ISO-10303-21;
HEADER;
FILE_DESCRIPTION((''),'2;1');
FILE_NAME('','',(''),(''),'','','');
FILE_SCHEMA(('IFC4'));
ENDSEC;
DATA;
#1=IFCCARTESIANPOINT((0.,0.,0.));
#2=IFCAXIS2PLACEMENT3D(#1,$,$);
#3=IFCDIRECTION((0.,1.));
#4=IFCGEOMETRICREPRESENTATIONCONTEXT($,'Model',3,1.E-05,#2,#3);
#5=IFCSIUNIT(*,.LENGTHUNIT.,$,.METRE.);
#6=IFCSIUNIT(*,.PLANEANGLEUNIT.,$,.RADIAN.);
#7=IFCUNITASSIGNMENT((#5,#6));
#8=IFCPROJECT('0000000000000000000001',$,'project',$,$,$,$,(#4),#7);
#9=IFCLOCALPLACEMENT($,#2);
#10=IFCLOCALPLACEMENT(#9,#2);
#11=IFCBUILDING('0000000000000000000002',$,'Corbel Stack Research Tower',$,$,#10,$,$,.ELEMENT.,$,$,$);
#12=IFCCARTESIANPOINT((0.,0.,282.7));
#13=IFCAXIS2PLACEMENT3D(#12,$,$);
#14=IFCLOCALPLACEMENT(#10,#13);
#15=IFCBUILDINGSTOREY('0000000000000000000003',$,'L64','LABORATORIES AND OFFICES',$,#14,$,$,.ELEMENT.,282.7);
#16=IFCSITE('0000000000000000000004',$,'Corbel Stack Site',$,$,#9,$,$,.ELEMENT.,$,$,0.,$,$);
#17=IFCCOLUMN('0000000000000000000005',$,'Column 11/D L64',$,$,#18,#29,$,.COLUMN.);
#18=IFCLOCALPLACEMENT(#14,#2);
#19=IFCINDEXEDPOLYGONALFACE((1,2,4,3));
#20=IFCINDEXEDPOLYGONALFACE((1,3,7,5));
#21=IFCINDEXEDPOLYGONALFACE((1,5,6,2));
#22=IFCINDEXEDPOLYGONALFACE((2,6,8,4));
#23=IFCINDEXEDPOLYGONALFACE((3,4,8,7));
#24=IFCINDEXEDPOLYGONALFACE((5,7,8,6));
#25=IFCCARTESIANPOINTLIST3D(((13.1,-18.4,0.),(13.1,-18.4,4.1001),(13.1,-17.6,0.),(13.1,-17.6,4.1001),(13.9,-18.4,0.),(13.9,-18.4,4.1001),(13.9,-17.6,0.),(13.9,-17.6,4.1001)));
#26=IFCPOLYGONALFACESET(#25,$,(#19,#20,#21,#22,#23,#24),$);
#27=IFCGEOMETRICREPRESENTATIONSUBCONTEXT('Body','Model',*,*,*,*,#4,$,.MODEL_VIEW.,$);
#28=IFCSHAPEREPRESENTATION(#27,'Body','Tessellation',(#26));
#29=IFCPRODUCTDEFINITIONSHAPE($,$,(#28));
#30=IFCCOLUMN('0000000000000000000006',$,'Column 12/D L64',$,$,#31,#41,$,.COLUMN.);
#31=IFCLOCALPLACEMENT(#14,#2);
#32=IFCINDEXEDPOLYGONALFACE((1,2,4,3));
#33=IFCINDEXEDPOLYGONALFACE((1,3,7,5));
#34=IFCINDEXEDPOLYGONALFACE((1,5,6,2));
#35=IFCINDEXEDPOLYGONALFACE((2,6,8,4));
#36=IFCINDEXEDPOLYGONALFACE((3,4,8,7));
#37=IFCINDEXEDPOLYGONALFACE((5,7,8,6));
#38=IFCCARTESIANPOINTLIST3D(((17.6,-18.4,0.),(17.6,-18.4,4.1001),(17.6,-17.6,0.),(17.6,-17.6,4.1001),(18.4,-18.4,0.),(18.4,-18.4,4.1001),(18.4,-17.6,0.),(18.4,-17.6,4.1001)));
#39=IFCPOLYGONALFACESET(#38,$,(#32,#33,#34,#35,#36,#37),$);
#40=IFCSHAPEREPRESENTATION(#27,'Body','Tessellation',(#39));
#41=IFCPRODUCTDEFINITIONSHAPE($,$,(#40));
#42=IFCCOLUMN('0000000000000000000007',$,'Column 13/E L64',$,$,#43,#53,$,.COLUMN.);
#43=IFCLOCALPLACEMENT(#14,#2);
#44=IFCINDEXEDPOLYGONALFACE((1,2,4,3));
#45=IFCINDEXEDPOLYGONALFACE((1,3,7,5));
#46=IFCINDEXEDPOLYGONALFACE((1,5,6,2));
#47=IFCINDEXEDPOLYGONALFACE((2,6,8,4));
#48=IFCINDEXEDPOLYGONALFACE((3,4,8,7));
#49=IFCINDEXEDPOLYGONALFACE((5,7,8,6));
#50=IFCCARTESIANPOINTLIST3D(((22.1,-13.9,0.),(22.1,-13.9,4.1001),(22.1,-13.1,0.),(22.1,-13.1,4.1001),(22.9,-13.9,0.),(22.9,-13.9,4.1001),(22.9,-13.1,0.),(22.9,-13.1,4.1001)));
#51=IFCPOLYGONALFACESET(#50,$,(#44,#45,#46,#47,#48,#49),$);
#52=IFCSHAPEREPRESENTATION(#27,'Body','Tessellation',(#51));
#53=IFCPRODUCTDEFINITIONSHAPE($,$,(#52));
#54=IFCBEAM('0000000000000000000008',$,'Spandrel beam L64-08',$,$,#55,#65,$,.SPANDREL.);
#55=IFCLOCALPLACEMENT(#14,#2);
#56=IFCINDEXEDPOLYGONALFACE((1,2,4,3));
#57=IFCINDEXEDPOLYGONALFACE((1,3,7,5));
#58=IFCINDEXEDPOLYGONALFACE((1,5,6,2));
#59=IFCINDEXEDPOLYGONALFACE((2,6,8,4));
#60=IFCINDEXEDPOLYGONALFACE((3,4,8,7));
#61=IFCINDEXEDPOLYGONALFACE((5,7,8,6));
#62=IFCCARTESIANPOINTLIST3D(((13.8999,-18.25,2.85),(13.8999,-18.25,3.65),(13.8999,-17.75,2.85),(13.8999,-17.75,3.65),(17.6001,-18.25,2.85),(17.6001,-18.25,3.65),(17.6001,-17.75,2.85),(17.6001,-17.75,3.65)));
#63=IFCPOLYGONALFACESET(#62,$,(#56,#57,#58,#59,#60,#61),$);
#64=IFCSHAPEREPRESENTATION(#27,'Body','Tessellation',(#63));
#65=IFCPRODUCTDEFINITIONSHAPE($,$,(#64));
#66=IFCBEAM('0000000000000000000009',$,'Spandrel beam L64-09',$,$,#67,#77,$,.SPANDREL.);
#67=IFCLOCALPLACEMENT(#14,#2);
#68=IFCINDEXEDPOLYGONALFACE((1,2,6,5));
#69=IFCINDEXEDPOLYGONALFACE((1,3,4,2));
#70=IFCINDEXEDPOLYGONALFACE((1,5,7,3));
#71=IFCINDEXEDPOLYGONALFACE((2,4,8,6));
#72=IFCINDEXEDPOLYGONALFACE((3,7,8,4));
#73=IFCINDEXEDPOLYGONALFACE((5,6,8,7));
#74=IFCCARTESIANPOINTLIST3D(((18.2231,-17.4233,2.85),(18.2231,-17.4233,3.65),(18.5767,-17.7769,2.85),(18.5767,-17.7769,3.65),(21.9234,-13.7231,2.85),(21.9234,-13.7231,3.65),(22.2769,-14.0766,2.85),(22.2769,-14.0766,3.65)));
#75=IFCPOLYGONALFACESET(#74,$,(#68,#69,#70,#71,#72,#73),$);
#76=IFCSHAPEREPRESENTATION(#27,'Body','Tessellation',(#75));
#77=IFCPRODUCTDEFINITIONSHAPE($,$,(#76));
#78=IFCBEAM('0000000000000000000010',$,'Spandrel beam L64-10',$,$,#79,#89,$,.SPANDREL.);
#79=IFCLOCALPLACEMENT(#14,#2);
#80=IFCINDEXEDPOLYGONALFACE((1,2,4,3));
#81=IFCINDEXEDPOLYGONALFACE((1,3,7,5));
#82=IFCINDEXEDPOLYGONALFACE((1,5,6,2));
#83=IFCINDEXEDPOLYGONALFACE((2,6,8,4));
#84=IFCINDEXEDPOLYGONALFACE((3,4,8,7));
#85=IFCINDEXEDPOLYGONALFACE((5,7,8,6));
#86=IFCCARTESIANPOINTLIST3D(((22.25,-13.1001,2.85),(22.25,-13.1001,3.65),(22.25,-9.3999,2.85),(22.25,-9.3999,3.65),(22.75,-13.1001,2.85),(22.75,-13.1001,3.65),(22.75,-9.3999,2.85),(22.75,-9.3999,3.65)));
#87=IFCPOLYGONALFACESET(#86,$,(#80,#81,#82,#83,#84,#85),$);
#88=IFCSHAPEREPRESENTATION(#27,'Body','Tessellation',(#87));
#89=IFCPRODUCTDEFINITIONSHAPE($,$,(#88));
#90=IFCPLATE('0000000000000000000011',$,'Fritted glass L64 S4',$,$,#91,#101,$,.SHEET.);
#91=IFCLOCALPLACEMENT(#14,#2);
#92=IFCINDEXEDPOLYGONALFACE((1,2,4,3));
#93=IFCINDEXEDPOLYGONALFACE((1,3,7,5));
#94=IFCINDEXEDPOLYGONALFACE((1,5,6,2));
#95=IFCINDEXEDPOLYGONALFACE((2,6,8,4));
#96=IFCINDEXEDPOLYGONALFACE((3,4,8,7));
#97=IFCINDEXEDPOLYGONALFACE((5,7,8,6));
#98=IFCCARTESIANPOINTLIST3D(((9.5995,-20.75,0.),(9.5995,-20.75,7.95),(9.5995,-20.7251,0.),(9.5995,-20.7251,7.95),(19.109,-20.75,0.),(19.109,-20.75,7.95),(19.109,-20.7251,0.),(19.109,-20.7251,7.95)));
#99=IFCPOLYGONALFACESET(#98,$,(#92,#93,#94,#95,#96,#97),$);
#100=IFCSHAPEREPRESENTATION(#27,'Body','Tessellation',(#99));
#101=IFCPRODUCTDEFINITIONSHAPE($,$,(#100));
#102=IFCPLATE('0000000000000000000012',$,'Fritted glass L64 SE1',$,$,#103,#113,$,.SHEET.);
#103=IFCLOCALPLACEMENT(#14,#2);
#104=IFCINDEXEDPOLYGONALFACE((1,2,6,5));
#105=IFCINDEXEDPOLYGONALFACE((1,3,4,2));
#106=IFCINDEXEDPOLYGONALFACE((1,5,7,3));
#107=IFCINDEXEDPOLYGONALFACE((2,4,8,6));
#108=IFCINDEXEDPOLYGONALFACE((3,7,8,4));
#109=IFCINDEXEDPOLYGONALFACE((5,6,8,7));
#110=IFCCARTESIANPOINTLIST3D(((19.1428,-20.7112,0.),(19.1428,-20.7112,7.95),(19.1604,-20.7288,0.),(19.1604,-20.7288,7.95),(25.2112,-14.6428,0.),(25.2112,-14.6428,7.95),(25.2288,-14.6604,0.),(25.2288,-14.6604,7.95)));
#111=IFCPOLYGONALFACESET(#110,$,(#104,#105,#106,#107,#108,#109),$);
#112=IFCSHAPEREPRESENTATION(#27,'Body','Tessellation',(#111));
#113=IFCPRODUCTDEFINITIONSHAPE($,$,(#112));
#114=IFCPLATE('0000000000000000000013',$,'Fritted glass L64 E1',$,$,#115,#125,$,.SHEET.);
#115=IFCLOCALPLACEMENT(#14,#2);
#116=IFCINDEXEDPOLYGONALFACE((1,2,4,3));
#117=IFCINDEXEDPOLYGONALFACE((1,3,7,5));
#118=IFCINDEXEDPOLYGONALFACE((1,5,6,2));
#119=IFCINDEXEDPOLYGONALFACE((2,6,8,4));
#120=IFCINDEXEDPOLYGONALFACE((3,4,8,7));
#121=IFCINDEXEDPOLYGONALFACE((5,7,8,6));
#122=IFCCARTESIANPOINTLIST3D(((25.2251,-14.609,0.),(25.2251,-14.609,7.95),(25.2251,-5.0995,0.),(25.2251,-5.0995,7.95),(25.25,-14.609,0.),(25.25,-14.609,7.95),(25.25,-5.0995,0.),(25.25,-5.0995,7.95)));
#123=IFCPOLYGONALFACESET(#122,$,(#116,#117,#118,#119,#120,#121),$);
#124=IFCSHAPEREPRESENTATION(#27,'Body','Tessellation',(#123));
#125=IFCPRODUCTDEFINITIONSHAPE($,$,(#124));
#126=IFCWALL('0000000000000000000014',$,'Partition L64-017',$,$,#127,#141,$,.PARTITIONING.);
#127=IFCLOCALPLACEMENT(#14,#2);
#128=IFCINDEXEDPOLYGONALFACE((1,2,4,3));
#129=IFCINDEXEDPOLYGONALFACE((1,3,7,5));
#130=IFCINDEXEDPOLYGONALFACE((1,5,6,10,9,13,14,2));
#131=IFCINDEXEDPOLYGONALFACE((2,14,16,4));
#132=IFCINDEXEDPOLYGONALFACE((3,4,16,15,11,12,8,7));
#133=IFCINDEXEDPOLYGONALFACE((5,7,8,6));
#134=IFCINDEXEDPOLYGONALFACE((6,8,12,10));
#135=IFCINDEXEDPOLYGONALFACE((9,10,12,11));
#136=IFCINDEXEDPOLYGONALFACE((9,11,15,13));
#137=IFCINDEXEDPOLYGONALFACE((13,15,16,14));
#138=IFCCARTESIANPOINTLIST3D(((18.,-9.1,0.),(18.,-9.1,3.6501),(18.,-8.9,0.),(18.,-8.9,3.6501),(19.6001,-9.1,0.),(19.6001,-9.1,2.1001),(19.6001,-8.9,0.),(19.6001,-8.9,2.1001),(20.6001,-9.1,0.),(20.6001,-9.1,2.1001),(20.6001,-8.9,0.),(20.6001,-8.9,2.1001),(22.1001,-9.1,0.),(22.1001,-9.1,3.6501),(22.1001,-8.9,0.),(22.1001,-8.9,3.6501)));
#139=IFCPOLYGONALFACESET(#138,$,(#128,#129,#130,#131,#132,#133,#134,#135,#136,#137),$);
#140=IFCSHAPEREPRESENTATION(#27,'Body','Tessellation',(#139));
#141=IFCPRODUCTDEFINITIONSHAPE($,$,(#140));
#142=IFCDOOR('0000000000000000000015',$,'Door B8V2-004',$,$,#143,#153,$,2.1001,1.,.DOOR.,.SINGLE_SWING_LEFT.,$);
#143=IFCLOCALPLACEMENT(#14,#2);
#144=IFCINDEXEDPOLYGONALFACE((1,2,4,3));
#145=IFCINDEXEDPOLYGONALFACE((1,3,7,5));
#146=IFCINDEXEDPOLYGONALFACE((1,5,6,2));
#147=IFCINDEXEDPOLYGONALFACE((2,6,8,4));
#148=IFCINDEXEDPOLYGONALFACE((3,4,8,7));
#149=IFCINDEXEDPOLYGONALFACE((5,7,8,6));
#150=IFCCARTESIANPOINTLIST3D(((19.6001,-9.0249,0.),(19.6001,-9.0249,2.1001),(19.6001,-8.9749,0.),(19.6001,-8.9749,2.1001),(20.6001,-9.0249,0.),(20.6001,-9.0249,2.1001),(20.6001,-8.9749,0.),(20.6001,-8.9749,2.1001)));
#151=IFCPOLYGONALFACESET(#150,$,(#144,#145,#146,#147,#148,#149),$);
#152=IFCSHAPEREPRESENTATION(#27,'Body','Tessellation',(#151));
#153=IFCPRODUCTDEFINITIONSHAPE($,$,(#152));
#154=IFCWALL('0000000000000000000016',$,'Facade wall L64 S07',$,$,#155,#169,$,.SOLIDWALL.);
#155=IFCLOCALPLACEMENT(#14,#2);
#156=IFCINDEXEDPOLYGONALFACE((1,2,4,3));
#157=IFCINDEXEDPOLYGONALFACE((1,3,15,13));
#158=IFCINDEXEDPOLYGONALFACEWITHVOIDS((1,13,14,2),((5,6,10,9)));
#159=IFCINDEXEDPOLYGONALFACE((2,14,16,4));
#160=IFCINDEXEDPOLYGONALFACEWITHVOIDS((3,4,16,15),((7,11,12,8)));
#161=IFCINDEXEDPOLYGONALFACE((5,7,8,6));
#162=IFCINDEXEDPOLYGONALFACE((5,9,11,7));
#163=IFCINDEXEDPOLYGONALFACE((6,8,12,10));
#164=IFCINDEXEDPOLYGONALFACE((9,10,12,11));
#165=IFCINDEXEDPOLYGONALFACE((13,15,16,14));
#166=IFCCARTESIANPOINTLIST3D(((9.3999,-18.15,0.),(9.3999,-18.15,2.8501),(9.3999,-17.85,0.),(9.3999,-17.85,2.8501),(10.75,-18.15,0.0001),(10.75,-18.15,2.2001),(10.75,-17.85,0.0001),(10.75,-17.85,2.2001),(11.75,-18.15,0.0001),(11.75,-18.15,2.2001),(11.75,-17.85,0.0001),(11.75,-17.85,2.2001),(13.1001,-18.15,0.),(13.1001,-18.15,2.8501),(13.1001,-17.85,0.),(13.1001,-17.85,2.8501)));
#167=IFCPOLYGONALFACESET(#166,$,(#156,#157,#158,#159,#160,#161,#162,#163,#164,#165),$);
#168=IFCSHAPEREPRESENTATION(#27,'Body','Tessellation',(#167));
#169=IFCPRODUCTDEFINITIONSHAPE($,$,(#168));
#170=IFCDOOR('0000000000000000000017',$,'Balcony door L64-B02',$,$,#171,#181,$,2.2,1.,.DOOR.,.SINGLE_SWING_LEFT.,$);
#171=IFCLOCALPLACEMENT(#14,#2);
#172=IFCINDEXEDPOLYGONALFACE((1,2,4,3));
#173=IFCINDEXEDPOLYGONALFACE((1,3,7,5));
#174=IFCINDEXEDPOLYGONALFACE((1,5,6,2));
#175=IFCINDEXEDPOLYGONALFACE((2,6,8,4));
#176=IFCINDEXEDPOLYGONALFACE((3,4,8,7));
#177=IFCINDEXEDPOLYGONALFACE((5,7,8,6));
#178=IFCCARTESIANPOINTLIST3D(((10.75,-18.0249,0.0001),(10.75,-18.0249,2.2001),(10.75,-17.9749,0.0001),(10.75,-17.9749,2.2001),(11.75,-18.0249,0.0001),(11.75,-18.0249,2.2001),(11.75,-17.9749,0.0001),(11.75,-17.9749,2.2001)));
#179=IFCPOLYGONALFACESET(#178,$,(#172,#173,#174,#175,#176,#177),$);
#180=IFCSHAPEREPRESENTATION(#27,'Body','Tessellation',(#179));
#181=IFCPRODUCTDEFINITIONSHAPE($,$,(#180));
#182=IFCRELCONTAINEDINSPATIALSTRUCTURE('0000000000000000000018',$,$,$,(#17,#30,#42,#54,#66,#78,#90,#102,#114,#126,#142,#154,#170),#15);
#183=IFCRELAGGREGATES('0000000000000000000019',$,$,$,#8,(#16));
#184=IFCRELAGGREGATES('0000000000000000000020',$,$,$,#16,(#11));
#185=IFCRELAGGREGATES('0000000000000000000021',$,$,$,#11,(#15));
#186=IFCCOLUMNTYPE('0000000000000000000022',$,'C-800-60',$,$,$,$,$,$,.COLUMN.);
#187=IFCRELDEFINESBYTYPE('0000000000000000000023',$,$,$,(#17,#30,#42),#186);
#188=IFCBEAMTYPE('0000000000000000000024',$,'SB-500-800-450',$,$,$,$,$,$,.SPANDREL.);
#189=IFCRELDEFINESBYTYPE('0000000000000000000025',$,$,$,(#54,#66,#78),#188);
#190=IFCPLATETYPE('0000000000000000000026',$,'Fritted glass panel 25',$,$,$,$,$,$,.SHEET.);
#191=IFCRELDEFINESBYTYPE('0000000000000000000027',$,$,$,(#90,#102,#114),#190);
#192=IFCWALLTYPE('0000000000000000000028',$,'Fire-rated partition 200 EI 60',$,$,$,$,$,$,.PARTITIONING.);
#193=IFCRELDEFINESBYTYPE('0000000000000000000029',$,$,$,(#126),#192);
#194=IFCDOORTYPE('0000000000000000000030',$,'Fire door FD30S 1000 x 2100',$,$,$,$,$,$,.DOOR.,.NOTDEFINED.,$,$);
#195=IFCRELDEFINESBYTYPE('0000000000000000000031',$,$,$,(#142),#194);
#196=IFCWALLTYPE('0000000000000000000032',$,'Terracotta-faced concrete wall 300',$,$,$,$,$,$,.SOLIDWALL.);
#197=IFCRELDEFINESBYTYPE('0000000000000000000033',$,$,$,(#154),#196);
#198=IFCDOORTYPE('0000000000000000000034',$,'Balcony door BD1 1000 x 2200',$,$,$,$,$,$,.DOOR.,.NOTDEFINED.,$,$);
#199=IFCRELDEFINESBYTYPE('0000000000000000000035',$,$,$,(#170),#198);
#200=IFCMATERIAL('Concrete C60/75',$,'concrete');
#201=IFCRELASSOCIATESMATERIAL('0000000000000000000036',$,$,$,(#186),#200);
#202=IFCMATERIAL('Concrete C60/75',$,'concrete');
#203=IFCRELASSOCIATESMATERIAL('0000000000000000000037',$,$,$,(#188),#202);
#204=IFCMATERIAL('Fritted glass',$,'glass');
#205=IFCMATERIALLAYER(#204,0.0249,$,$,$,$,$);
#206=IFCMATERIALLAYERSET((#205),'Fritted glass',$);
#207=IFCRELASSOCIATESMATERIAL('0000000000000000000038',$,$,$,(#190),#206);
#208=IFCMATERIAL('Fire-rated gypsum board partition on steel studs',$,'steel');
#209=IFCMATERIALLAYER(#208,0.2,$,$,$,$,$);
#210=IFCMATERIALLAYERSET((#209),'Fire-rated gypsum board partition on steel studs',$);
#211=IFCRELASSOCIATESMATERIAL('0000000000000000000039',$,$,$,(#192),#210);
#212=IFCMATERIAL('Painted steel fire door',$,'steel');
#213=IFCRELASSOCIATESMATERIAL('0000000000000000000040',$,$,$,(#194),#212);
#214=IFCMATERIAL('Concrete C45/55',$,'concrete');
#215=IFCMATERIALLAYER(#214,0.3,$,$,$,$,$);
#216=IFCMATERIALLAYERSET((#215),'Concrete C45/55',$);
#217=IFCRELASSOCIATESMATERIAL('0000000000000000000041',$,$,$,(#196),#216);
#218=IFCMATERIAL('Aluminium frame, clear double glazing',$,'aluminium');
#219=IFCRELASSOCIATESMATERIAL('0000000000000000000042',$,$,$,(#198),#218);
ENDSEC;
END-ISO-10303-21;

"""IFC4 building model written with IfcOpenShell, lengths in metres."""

from ifc_helpers import new_model, si_unit, direction, frame, frame_2d, origin, origin_2d, place, context, subcontext, project, spatial, rectangle, extrude, material, layer, layer_set, material_profile, profile_set, type_object, element, fill, save


model = new_model("IFC4")

# Units and contexts
model_context = context("Model", 3, precision=1e-05, world=origin(), true_north=direction((0.0, 1.0)))
body_context = subcontext(model_context, "Body", "Model", "MODEL_VIEW")
ifc_project = project(units=[si_unit("LENGTHUNIT", "METRE"), si_unit("PLANEANGLEUNIT", "RADIAN")], contexts=[model_context])

# Site, building, storey
site_placement = place(None, origin())
site = spatial("IfcSite", under=ifc_project, at=site_placement, Name="Corbel Stack Site", CompositionType="ELEMENT", RefElevation=0.0)
building_placement = place(site_placement, origin())
building = spatial("IfcBuilding", under=site, at=building_placement, Name="Corbel Stack Research Tower", CompositionType="ELEMENT")
storey_placement = place(building_placement, frame((0.0, 0.0, 282.7)))
storey = spatial("IfcBuildingStorey", under=building, at=storey_placement, Name="L64", Description="LABORATORIES AND OFFICES", CompositionType="ELEMENT", Elevation=282.7)

# Columns
ifc_material_1 = material(Name="Concrete C60/75", Category="concrete")
ifc_material_profile_1 = material_profile(ifc_material_1, rectangle(XDim=0.8, YDim=0.8, at=origin_2d()), Name="RC 800 x 800")
ifc_profile_set_1 = profile_set([ifc_material_profile_1], Name="Concrete C60/75")
column_type = type_object("IfcColumnType", Name="C-800-60", PredefinedType="COLUMN", material=ifc_profile_set_1)
for number, where, z_axis, x_axis, name in (
    (1, (13.5, -18.0, 0.0), (0.0, 0.0, 1.0), (1.0, 0.0, 0.0), "Column 11/D L64"),
    (2, (18.0, -18.0, 0.0), (0.0, 0.0, 1.0), (1.0, 0.0, 0.0), "Column 12/D L64"),
    (3, (22.5, -13.5, 0.0), (0.0, 0.0, 1.0), (1.0, 0.0, 0.0), "Column 13/E L64"),
):
    element("IfcColumn", number, at=place(storey_placement, frame(where, z_axis=z_axis, x_axis=x_axis)), inside=storey, type_object=column_type, Name=name, PredefinedType="COLUMN", context=body_context, shape_type="SweptSolid", body=[
        extrude(rectangle(XDim=0.8, YDim=0.8, at=origin_2d()), origin(), (0.0, 0.0, 1.0), 4.1001),
    ])

# Beams
ifc_material_2 = material(Name="Concrete C60/75", Category="concrete")
ifc_material_profile_2 = material_profile(ifc_material_2, rectangle(XDim=0.5, YDim=0.8, at=origin_2d()), Name="RC 500 x 800")
ifc_profile_set_2 = profile_set([ifc_material_profile_2], Name="Concrete C60/75")
beam_type = type_object("IfcBeamType", Name="SB-500-800-450", PredefinedType="SPANDREL", material=ifc_profile_set_2)
beam_1_placement = place(storey_placement, frame((13.8999, -18.0, 3.25), z_axis=(1.0, 0.0, 0.0), x_axis=(0.0, 1.0, 0.0)))
element("IfcBeam", 4, at=beam_1_placement, inside=storey, type_object=beam_type, Name="Spandrel beam L64-08", PredefinedType="SPANDREL", context=body_context, shape_type="SweptSolid", body=[
    extrude(rectangle(XDim=0.5, YDim=0.8, at=origin_2d()), origin(), (0.0, 0.0, 1.0), 3.7002),
])
beam_2_placement = place(storey_placement, frame((18.3999, -17.6001, 3.25), z_axis=(0.707107, 0.707107, 0.0), x_axis=(-0.707107, 0.707107, 0.0)))
element("IfcBeam", 5, at=beam_2_placement, inside=storey, type_object=beam_type, Name="Spandrel beam L64-09", PredefinedType="SPANDREL", context=body_context, shape_type="SweptSolid", body=[
    extrude(rectangle(XDim=0.5, YDim=0.8, at=origin_2d()), origin(), (0.0, 0.0, 1.0), 5.2329),
])
beam_3_placement = place(storey_placement, frame((22.5, -13.1001, 3.25), z_axis=(0.0, 1.0, 0.0), x_axis=(-1.0, 0.0, 0.0)))
element("IfcBeam", 6, at=beam_3_placement, inside=storey, type_object=beam_type, Name="Spandrel beam L64-10", PredefinedType="SPANDREL", context=body_context, shape_type="SweptSolid", body=[
    extrude(rectangle(XDim=0.5, YDim=0.8, at=origin_2d()), origin(), (0.0, 0.0, 1.0), 3.7002),
])

# Plates
ifc_material_3 = material(Name="Fritted glass", Category="glass")
ifc_layer_1 = layer(ifc_material_3, 0.0249)
ifc_layer_set_1 = layer_set([ifc_layer_1], Name="Fritted glass")
plate_type = type_object("IfcPlateType", Name="Fritted glass panel 25", PredefinedType="SHEET", material=ifc_layer_set_1)
plate_1_placement = place(storey_placement, frame((14.3542, -20.7375, 0.0), z_axis=(0.0, 0.0, 1.0), x_axis=(1.0, 0.0, 0.0)))
element("IfcPlate", 7, at=plate_1_placement, inside=storey, type_object=plate_type, Name="Fritted glass L64 S4", PredefinedType="SHEET", context=body_context, shape_type="SweptSolid", body=[
    extrude(rectangle(XDim=9.5095, YDim=0.0249, at=origin_2d()), origin(), (0.0, 0.0, 1.0), 7.95),
])
plate_2_placement = place(storey_placement, frame((22.1858, -17.6858, 0.0), z_axis=(0.0, 0.0, 1.0), x_axis=(0.707107, 0.707107, 0.0)))
element("IfcPlate", 8, at=plate_2_placement, inside=storey, type_object=plate_type, Name="Fritted glass L64 SE1", PredefinedType="SHEET", context=body_context, shape_type="SweptSolid", body=[
    extrude(rectangle(XDim=8.582, YDim=0.0249, at=origin_2d()), origin(), (0.0, 0.0, 1.0), 7.95),
])
plate_3_placement = place(storey_placement, frame((25.2375, -9.8542, 0.0), z_axis=(0.0, 0.0, 1.0), x_axis=(0.0, 1.0, 0.0)))
element("IfcPlate", 9, at=plate_3_placement, inside=storey, type_object=plate_type, Name="Fritted glass L64 E1", PredefinedType="SHEET", context=body_context, shape_type="SweptSolid", body=[
    extrude(rectangle(XDim=9.5095, YDim=0.0249, at=origin_2d()), origin(), (0.0, 0.0, 1.0), 7.95),
])

# Walls, openings, doors
ifc_material_4 = material(Name="Fire-rated gypsum board partition on steel studs", Category="steel")
ifc_layer_2 = layer(ifc_material_4, 0.2)
ifc_layer_set_2 = layer_set([ifc_layer_2], Name="Fire-rated gypsum board partition on steel studs")
wall_type_1 = type_object("IfcWallType", Name="Fire-rated partition 200 EI 60", PredefinedType="PARTITIONING", material=ifc_layer_set_2)
wall_1_placement = place(storey_placement, frame((22.1001, -9.0, 0.0), z_axis=(0.0, 0.0, 1.0), x_axis=(-1.0, 0.0, 0.0)))
wall_1 = element("IfcWall", 10, at=wall_1_placement, inside=storey, type_object=wall_type_1, Name="Partition L64-017", PredefinedType="PARTITIONING", context=body_context, shape_type="SweptSolid", body=[
    extrude(rectangle(XDim=4.1001, YDim=0.2, at=frame_2d((2.05, 0.0))), origin(), (0.0, 0.0, 1.0), 3.6501),
])
opening_1_placement = place(wall_1_placement, frame((1.5, 0.0, 0.0)))
opening_1 = element("IfcOpeningElement", 11, at=opening_1_placement, cuts=wall_1, PredefinedType="OPENING", context=body_context, shape_type="SweptSolid", body=[
    extrude(rectangle(XDim=1.0, YDim=2.1001, at=frame_2d((0.5, 1.05))), frame((0.0, 0.1099, 0.0), z_axis=(0.0, -1.0, 0.0), x_axis=(1.0, 0.0, 0.0)), (0.0, 0.0, 1.0), 0.22),
])
ifc_material_5 = material(Name="Painted steel fire door", Category="steel")
door_type_1 = type_object("IfcDoorType", Name="Fire door FD30S 1000 x 2100", OperationType="NOTDEFINED", PredefinedType="DOOR", material=ifc_material_5)
door_1_placement = place(opening_1_placement, origin())
door_1 = element("IfcDoor", 12, at=door_1_placement, inside=storey, type_object=door_type_1, Name="Door B8V2-004", OperationType="SINGLE_SWING_LEFT", OverallHeight=2.1001, OverallWidth=1.0, PredefinedType="DOOR", context=body_context, shape_type="SweptSolid", body=[
    extrude(rectangle(XDim=1.0, YDim=2.1001, at=frame_2d((0.5, 1.05))), frame((0.0, 0.0249, 0.0), z_axis=(0.0, -1.0, 0.0), x_axis=(1.0, 0.0, 0.0)), (0.0, 0.0, 1.0), 0.05),
])
fill(opening_1, door_1)
ifc_material_6 = material(Name="Concrete C45/55", Category="concrete")
ifc_layer_3 = layer(ifc_material_6, 0.3)
ifc_layer_set_3 = layer_set([ifc_layer_3], Name="Concrete C45/55")
wall_type_2 = type_object("IfcWallType", Name="Terracotta-faced concrete wall 300", PredefinedType="SOLIDWALL", material=ifc_layer_set_3)
wall_2_placement = place(storey_placement, frame((13.1001, -18.0, 0.0), z_axis=(0.0, 0.0, 1.0), x_axis=(-1.0, 0.0, 0.0)))
wall_2 = element("IfcWall", 13, at=wall_2_placement, inside=storey, type_object=wall_type_2, Name="Facade wall L64 S07", PredefinedType="SOLIDWALL", context=body_context, shape_type="SweptSolid", body=[
    extrude(rectangle(XDim=3.7002, YDim=0.3, at=frame_2d((1.8501, 0.0))), origin(), (0.0, 0.0, 1.0), 2.8501),
])
opening_2_placement = place(wall_2_placement, frame((1.3501, 0.0, 0.0)))
opening_2 = element("IfcOpeningElement", 14, at=opening_2_placement, cuts=wall_2, PredefinedType="OPENING", context=body_context, shape_type="SweptSolid", body=[
    extrude(rectangle(XDim=1.0, YDim=2.2, at=frame_2d((0.5, 1.1001))), frame((0.0, 0.1599, 0.0), z_axis=(0.0, -1.0, 0.0), x_axis=(1.0, 0.0, 0.0)), (0.0, 0.0, 1.0), 0.3201),
])
ifc_material_7 = material(Name="Aluminium frame, clear double glazing", Category="aluminium")
door_type_2 = type_object("IfcDoorType", Name="Balcony door BD1 1000 x 2200", OperationType="NOTDEFINED", PredefinedType="DOOR", material=ifc_material_7)
door_2_placement = place(opening_2_placement, origin())
door_2 = element("IfcDoor", 15, at=door_2_placement, inside=storey, type_object=door_type_2, Name="Balcony door L64-B02", OperationType="SINGLE_SWING_LEFT", OverallHeight=2.2, OverallWidth=1.0, PredefinedType="DOOR", context=body_context, shape_type="SweptSolid", body=[
    extrude(rectangle(XDim=1.0, YDim=2.2, at=frame_2d((0.5, 1.1001))), frame((0.0, 0.0249, 0.0), z_axis=(0.0, -1.0, 0.0), x_axis=(1.0, 0.0, 0.0)), (0.0, 0.0, 1.0), 0.05),
])
fill(opening_2, door_2)

save(model, "model.ifc")
